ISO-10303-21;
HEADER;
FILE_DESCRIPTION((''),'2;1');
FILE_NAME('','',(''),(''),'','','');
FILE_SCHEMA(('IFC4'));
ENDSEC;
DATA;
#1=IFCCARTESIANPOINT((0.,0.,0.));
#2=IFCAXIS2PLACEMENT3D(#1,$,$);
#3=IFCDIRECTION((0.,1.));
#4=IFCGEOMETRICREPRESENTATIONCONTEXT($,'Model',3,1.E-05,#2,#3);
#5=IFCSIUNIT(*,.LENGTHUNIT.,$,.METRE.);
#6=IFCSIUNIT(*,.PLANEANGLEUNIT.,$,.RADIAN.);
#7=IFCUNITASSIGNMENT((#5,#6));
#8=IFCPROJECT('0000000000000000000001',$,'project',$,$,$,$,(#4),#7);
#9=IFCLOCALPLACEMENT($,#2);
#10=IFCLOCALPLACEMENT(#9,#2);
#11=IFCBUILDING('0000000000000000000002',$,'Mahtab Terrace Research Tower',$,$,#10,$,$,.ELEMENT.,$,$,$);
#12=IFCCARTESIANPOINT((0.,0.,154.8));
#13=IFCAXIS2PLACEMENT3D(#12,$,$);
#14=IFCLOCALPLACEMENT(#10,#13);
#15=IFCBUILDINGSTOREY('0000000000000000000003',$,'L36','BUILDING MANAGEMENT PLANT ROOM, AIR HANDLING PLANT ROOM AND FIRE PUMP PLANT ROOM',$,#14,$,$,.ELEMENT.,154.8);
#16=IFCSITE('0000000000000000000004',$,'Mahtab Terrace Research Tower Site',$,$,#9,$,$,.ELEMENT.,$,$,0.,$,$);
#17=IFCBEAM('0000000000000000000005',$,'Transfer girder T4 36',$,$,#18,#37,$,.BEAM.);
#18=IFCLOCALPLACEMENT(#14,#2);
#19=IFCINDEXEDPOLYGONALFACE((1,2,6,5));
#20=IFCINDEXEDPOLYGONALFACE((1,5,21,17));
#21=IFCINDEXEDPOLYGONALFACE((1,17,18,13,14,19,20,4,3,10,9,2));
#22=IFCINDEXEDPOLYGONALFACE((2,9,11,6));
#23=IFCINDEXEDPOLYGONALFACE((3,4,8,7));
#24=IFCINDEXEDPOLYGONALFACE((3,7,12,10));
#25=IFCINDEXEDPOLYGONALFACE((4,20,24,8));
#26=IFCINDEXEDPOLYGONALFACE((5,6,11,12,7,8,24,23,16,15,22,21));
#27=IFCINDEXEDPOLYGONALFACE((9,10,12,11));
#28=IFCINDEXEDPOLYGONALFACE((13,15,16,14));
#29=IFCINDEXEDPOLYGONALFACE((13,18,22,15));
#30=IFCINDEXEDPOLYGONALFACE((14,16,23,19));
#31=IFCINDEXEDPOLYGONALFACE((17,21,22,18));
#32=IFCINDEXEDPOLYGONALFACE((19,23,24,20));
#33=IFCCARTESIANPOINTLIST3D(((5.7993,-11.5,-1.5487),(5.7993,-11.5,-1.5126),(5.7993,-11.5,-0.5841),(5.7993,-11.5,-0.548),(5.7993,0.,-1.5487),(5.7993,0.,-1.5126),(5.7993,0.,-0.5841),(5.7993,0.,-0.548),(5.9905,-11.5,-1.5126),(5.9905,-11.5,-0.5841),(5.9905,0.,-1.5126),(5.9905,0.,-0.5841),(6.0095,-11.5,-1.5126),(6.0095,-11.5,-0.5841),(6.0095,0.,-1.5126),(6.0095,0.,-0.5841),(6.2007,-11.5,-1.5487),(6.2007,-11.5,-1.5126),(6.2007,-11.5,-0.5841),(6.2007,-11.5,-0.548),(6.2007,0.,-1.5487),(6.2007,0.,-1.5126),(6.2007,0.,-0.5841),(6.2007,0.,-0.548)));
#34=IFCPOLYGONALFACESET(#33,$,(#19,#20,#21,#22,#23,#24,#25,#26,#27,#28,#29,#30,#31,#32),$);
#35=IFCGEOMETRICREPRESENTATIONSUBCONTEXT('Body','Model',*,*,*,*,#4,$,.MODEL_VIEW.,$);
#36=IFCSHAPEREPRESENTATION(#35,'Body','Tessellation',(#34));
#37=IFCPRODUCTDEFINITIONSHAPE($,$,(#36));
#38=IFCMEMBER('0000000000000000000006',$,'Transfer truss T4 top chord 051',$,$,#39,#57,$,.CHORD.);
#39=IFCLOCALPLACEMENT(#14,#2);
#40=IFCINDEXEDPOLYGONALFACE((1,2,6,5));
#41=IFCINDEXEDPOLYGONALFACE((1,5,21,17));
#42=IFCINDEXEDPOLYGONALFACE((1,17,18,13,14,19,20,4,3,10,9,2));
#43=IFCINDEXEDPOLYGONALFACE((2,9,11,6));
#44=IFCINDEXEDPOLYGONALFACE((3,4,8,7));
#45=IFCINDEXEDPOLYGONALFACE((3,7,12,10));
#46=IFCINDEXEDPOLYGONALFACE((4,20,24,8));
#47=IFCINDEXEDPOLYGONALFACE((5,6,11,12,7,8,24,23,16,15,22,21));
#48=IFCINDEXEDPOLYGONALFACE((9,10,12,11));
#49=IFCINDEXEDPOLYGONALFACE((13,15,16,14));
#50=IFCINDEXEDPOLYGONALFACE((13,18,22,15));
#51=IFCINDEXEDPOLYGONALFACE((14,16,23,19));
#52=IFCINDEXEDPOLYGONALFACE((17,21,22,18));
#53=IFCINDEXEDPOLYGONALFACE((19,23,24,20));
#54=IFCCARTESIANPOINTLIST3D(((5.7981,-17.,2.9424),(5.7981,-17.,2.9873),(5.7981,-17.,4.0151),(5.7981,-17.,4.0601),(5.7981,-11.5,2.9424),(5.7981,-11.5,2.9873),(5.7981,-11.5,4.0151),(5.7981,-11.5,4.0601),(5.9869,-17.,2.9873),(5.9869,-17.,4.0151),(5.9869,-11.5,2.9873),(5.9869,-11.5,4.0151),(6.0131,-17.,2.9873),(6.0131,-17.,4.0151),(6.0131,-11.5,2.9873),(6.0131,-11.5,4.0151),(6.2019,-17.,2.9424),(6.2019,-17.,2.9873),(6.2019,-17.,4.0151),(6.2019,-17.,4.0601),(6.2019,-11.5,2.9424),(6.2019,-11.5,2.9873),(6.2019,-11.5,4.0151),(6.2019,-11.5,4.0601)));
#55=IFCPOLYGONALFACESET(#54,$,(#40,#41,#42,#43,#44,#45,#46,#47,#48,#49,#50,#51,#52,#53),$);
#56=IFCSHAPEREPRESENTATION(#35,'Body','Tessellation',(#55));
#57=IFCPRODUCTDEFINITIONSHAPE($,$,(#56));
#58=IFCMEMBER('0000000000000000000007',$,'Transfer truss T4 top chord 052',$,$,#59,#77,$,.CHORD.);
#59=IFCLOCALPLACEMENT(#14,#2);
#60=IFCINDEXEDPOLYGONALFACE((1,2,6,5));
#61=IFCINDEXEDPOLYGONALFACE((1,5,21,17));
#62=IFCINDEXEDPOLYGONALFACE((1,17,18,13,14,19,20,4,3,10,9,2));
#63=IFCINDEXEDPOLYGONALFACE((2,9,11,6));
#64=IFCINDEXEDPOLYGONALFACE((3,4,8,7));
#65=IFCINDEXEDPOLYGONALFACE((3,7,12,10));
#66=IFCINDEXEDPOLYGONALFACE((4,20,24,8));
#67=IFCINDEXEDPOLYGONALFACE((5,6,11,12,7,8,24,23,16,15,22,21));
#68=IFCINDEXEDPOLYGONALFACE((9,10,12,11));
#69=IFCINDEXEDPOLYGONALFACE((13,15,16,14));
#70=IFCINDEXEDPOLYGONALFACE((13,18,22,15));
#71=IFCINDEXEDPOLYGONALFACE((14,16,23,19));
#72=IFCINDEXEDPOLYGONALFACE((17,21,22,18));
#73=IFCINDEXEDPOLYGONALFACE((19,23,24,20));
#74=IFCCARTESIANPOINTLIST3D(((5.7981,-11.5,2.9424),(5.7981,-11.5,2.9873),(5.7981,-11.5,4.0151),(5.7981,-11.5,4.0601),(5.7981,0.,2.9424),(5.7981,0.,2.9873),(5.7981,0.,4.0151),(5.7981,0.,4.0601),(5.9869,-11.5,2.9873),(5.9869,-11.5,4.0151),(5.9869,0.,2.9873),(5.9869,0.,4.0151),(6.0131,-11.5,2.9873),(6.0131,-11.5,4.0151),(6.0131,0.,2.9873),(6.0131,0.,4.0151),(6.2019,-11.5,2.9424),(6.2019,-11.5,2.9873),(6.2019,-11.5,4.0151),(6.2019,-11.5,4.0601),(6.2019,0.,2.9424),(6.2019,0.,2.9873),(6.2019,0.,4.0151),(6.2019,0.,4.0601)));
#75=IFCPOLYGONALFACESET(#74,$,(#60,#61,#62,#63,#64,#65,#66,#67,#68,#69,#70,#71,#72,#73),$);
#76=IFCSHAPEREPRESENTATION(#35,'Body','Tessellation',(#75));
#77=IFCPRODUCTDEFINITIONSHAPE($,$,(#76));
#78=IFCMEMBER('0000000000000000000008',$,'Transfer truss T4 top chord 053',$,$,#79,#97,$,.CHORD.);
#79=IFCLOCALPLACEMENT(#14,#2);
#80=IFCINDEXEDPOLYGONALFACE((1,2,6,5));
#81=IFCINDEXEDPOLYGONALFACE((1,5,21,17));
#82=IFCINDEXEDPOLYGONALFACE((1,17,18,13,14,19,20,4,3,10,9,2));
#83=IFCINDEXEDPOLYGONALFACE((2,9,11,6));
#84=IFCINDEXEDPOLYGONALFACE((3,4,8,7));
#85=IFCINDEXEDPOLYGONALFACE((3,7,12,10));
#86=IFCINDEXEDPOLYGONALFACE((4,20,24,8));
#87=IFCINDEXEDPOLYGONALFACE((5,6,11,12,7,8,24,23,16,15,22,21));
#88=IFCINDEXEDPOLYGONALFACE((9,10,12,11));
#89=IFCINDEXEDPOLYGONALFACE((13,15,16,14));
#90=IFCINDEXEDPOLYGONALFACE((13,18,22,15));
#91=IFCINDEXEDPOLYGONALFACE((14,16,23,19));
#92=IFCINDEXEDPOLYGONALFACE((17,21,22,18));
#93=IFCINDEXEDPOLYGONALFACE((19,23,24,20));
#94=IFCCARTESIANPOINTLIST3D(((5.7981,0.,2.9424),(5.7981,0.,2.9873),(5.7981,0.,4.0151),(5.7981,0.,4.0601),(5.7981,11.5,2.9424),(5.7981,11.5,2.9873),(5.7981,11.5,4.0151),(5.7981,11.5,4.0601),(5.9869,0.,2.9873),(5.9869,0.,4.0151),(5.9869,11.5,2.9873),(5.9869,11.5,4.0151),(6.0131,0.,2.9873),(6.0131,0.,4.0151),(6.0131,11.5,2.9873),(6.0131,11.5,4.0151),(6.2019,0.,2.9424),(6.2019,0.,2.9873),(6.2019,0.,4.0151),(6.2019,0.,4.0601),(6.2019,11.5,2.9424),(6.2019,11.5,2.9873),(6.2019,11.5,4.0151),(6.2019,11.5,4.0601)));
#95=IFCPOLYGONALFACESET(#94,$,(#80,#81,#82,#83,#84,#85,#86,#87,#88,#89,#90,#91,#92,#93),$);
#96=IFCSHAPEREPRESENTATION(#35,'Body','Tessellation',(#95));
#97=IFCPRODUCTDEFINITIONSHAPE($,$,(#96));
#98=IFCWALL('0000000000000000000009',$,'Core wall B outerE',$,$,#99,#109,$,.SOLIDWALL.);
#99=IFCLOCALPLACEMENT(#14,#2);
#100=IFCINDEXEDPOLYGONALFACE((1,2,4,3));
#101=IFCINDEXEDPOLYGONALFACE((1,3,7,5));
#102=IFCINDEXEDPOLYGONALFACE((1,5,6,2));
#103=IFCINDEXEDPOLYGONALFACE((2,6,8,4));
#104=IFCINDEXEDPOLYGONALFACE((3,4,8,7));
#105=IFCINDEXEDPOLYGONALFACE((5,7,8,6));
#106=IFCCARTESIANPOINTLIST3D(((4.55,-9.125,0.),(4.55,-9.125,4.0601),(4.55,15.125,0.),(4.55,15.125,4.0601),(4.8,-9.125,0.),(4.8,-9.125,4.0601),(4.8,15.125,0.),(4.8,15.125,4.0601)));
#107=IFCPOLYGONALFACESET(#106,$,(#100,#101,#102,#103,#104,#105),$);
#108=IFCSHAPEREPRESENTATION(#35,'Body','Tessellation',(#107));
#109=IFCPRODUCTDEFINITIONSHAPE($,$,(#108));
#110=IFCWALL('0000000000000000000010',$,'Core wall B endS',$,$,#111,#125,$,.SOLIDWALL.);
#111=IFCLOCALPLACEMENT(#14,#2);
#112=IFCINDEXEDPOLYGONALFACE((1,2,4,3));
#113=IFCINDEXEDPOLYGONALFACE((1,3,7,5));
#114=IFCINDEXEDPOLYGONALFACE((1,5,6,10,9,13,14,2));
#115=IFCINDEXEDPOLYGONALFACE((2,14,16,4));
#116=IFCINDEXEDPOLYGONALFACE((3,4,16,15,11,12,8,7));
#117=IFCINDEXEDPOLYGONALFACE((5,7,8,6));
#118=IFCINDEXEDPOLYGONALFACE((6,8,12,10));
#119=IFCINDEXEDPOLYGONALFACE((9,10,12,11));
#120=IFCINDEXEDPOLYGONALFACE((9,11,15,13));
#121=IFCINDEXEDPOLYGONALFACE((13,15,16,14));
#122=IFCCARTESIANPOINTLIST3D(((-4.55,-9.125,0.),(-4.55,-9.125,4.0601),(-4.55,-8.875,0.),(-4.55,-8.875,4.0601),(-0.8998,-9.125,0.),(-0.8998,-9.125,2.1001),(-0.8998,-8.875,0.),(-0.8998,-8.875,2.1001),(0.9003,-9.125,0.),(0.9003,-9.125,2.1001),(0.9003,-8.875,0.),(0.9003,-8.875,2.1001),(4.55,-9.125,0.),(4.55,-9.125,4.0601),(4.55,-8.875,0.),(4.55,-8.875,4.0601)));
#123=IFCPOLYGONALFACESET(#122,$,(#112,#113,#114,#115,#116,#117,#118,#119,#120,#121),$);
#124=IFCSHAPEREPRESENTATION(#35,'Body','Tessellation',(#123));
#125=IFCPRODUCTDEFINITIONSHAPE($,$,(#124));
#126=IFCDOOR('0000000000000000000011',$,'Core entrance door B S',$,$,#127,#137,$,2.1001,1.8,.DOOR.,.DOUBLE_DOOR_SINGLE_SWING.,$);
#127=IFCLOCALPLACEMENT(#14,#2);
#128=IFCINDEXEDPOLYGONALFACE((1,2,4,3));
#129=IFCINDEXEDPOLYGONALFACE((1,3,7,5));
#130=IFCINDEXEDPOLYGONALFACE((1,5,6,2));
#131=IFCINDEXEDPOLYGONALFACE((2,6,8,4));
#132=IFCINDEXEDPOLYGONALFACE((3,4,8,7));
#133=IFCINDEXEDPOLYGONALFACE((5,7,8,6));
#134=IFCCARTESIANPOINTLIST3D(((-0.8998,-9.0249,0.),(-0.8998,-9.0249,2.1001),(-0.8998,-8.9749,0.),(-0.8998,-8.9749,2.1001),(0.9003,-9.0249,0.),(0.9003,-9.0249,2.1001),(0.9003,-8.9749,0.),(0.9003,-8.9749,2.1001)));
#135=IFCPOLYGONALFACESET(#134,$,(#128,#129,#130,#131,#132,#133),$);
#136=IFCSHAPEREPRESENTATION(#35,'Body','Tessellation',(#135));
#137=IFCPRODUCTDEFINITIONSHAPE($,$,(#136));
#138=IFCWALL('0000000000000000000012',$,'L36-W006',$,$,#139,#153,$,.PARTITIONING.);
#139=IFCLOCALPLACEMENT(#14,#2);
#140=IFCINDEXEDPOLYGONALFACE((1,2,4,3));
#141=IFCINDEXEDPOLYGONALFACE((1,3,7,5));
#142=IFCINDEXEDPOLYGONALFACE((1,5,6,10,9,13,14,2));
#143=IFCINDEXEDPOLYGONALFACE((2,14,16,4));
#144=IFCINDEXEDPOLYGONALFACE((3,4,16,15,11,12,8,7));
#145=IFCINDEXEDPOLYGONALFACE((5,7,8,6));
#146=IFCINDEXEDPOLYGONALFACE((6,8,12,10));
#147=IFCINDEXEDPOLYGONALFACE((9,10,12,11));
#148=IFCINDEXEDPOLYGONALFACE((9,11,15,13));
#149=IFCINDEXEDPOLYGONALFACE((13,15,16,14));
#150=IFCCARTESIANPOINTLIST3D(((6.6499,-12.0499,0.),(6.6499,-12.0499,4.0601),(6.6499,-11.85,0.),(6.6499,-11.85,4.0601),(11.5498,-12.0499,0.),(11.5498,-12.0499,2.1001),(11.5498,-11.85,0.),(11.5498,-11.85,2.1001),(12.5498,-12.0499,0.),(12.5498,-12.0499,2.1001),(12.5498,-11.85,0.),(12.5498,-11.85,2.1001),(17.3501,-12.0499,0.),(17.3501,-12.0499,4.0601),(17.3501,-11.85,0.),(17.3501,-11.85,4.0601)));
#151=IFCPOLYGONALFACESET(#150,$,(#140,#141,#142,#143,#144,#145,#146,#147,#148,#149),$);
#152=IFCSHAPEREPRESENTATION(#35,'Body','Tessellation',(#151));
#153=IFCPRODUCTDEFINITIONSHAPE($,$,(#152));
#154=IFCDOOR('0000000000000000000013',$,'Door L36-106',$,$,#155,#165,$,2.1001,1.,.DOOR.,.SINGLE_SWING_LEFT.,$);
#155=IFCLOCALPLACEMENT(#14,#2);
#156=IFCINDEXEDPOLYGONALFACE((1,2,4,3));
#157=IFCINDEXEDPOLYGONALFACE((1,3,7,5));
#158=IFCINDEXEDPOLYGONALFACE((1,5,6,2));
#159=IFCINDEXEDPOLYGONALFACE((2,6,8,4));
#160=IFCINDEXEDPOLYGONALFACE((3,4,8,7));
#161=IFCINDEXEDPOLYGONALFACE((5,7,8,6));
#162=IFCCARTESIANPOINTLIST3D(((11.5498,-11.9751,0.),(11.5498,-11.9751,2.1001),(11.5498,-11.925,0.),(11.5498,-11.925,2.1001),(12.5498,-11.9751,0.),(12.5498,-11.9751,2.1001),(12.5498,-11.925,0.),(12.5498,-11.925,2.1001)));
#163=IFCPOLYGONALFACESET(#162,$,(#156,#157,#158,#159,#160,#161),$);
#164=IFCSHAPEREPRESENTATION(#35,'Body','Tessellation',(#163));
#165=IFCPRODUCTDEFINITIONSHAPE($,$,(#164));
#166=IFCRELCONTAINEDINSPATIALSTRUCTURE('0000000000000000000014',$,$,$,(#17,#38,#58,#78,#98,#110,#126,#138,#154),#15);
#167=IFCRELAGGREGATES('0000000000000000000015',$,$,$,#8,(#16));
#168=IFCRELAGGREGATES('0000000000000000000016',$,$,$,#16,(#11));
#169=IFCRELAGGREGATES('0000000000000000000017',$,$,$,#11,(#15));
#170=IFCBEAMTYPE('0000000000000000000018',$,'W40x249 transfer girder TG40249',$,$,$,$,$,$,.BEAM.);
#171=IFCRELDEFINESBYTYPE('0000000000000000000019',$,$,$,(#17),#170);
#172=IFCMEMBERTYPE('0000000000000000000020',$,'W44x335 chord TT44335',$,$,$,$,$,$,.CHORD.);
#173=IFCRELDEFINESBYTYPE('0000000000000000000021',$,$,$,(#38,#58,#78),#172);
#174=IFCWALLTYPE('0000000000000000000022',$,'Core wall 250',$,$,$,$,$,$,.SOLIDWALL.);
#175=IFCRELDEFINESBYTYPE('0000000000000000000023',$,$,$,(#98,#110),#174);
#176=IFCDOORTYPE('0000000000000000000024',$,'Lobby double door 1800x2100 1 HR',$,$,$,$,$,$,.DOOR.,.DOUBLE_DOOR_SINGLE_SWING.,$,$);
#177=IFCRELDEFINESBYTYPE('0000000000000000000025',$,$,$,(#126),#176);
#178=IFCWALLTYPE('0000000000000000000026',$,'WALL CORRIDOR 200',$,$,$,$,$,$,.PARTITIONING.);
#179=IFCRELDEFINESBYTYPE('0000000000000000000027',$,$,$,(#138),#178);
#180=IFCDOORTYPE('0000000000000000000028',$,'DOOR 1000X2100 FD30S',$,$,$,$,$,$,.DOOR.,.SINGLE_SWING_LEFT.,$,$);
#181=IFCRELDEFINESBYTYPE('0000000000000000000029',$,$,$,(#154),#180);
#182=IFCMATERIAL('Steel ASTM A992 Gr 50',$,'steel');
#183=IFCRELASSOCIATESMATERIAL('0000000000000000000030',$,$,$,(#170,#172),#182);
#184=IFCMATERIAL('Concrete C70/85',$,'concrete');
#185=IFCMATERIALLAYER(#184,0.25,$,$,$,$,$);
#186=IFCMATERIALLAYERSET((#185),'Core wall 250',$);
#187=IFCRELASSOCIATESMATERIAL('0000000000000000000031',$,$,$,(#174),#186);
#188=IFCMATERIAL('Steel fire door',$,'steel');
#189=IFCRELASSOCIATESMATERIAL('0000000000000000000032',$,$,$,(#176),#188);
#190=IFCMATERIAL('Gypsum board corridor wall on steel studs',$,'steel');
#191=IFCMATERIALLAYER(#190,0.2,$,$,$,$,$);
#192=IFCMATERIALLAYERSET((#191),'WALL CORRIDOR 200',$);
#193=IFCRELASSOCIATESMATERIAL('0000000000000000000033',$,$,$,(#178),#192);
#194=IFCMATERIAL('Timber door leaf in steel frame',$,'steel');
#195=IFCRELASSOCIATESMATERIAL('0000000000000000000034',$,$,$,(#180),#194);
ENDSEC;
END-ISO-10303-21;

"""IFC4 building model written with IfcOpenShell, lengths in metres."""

from ifc_helpers import new_model, si_unit, direction, frame, frame_2d, origin, origin_2d, place, context, subcontext, project, spatial, rectangle, i_section, extrude, material, layer, layer_set, material_profile, profile_set, type_object, element, fill, save


model = new_model("IFC4")

# Units and contexts
model_context = context("Model", 3, precision=1e-05, world=origin(), true_north=direction((0.0, 1.0)))
body_context = subcontext(model_context, "Body", "Model", "MODEL_VIEW")
ifc_project = project(units=[si_unit("LENGTHUNIT", "METRE"), si_unit("PLANEANGLEUNIT", "RADIAN")], contexts=[model_context])

# Site, building, storey
site_placement = place(None, origin())
site = spatial("IfcSite", under=ifc_project, at=site_placement, Name="Mahtab Terrace Research Tower Site", CompositionType="ELEMENT", RefElevation=0.0)
building_placement = place(site_placement, origin())
building = spatial("IfcBuilding", under=site, at=building_placement, Name="Mahtab Terrace Research Tower", CompositionType="ELEMENT")
storey_placement = place(building_placement, frame((0.0, 0.0, 154.8)))
storey = spatial("IfcBuildingStorey", under=building, at=storey_placement, Name="L36", Description="BUILDING MANAGEMENT PLANT ROOM, AIR HANDLING PLANT ROOM AND FIRE PUMP PLANT ROOM", CompositionType="ELEMENT", Elevation=154.8)

# Shared definitions
ifc_material_1 = material(Name="Concrete C70/85", Category="concrete")

# Shared definitions
ifc_material_2 = material(Name="Steel ASTM A992 Gr 50", Category="steel")

# Beam
ifc_material_profile_1 = material_profile(ifc_material_2, i_section(OverallWidth=0.4014, OverallDepth=1.0007, WebThickness=0.019, FlangeThickness=0.0361, at=origin_2d()), Name="W40X249")
ifc_profile_set_1 = profile_set([ifc_material_profile_1], Name="Steel ASTM A992 Gr 50")
beam_type = type_object("IfcBeamType", Name="W40x249 transfer girder TG40249", PredefinedType="BEAM", material=ifc_profile_set_1)
beam_1_placement = place(storey_placement, frame((6.0, -11.5, -1.0483), z_axis=(0.0, 1.0, 0.0), x_axis=(-1.0, 0.0, 0.0)))
element("IfcBeam", 1, at=beam_1_placement, inside=storey, type_object=beam_type, Name="Transfer girder T4 36", PredefinedType="BEAM", context=body_context, shape_type="SweptSolid", body=[
    extrude(i_section(OverallWidth=0.4014, OverallDepth=1.0007, WebThickness=0.019, FlangeThickness=0.0361, at=origin_2d()), origin(), (0.0, 0.0, 1.0), 11.5),
])

# Members
ifc_material_profile_2 = material_profile(ifc_material_2, i_section(OverallWidth=0.4038, OverallDepth=1.1177, WebThickness=0.0261, FlangeThickness=0.0449, at=origin_2d()), Name="W44X335")
ifc_profile_set_2 = profile_set([ifc_material_profile_2], Name="Steel ASTM A992 Gr 50")
member_type_1 = type_object("IfcMemberType", Name="W44x335 chord TT44335", PredefinedType="CHORD", material=ifc_profile_set_2)
member_placement = place(storey_placement, frame((6.0, -17.0, 3.5012), z_axis=(0.0, 1.0, 0.0), x_axis=(-1.0, 0.0, 0.0)))
element("IfcMember", 2, at=member_placement, inside=storey, type_object=member_type_1, Name="Transfer truss T4 top chord 051", PredefinedType="CHORD", context=body_context, shape_type="SweptSolid", body=[
    extrude(i_section(OverallWidth=0.4038, OverallDepth=1.1177, WebThickness=0.0261, FlangeThickness=0.0449, at=origin_2d()), origin(), (0.0, 0.0, 1.0), 5.5),
])
for number, where, z_axis, x_axis, name in (
    (3, (6.0, -11.5, 3.5012), (0.0, 1.0, 0.0), (-1.0, 0.0, 0.0), "Transfer truss T4 top chord 052"),
    (4, (6.0, 0.0, 3.5012), (0.0, 1.0, 0.0), (-1.0, 0.0, 0.0), "Transfer truss T4 top chord 053"),
):
    element("IfcMember", number, at=place(storey_placement, frame(where, z_axis=z_axis, x_axis=x_axis)), inside=storey, type_object=member_type_1, Name=name, PredefinedType="CHORD", context=body_context, shape_type="SweptSolid", body=[
        extrude(i_section(OverallWidth=0.4038, OverallDepth=1.1177, WebThickness=0.0261, FlangeThickness=0.0449, at=origin_2d()), origin(), (0.0, 0.0, 1.0), 11.5),
    ])

# Wall
ifc_layer_1 = layer(ifc_material_1, 0.25)
ifc_layer_set_1 = layer_set([ifc_layer_1], Name="Core wall 250")
wall_type_1 = type_object("IfcWallType", Name="Core wall 250", PredefinedType="SOLIDWALL", material=ifc_layer_set_1)
wall_1_placement = place(storey_placement, frame((4.675, -9.125, 0.0), z_axis=(0.0, 0.0, 1.0), x_axis=(0.0, 1.0, 0.0)))
element("IfcWall", 5, at=wall_1_placement, inside=storey, type_object=wall_type_1, Name="Core wall B outerE", PredefinedType="SOLIDWALL", context=body_context, shape_type="SweptSolid", body=[
    extrude(rectangle(XDim=24.25, YDim=0.25, at=frame_2d((12.125, 0.0))), origin(), (0.0, 0.0, 1.0), 4.0601),
])

# Walls, openings, doors
wall_2_placement = place(storey_placement, frame((4.55, -9.0, 0.0), z_axis=(0.0, 0.0, 1.0), x_axis=(-1.0, 0.0, 0.0)))
wall_2 = element("IfcWall", 6, at=wall_2_placement, inside=storey, type_object=wall_type_1, Name="Core wall B endS", PredefinedType="SOLIDWALL", context=body_context, shape_type="SweptSolid", body=[
    extrude(rectangle(XDim=9.1001, YDim=0.25, at=frame_2d((4.55, 0.0))), origin(), (0.0, 0.0, 1.0), 4.0601),
])
opening_1_placement = place(wall_2_placement, frame((3.6499, 0.0, 0.0)))
opening_1 = element("IfcOpeningElement", 7, at=opening_1_placement, cuts=wall_2, PredefinedType="OPENING", context=body_context, shape_type="SweptSolid", body=[
    extrude(rectangle(XDim=1.8, YDim=2.1001, at=frame_2d((0.8999, 1.05))), frame((0.0, 0.135, 0.0), z_axis=(0.0, -1.0, 0.0), x_axis=(1.0, 0.0, 0.0)), (0.0, 0.0, 1.0), 0.27),
])
ifc_material_3 = material(Name="Steel fire door", Category="steel")
door_type_1 = type_object("IfcDoorType", Name="Lobby double door 1800x2100 1 HR", OperationType="DOUBLE_DOOR_SINGLE_SWING", PredefinedType="DOOR", material=ifc_material_3)
door_1_placement = place(opening_1_placement, origin())
door_1 = element("IfcDoor", 8, at=door_1_placement, inside=storey, type_object=door_type_1, Name="Core entrance door B S", OperationType="DOUBLE_DOOR_SINGLE_SWING", OverallHeight=2.1001, OverallWidth=1.8, PredefinedType="DOOR", context=body_context, shape_type="SweptSolid", body=[
    extrude(rectangle(XDim=1.8, YDim=2.1001, at=frame_2d((0.8999, 1.05))), frame((0.0, 0.0249, 0.0), z_axis=(0.0, -1.0, 0.0), x_axis=(1.0, 0.0, 0.0)), (0.0, 0.0, 1.0), 0.05),
])
fill(opening_1, door_1)
ifc_material_4 = material(Name="Gypsum board corridor wall on steel studs", Category="steel")
ifc_layer_2 = layer(ifc_material_4, 0.2)
ifc_layer_set_2 = layer_set([ifc_layer_2], Name="WALL CORRIDOR 200")
wall_type_2 = type_object("IfcWallType", Name="WALL CORRIDOR 200", PredefinedType="PARTITIONING", material=ifc_layer_set_2)
wall_3_placement = place(storey_placement, frame((6.6499, -11.95, 0.0), z_axis=(0.0, 0.0, 1.0), x_axis=(1.0, 0.0, 0.0)))
wall_3 = element("IfcWall", 9, at=wall_3_placement, inside=storey, type_object=wall_type_2, Name="L36-W006", PredefinedType="PARTITIONING", context=body_context, shape_type="SweptSolid", body=[
    extrude(rectangle(XDim=10.7002, YDim=0.2, at=frame_2d((5.3501, 0.0))), origin(), (0.0, 0.0, 1.0), 4.0601),
])
opening_2_placement = place(wall_3_placement, frame((4.8999, 0.0, 0.0)))
opening_2 = element("IfcOpeningElement", 10, at=opening_2_placement, cuts=wall_3, PredefinedType="OPENING", context=body_context, shape_type="SweptSolid", body=[
    extrude(rectangle(XDim=1.0, YDim=2.1001, at=frame_2d((0.5, 1.05))), frame((0.0, 0.1099, 0.0), z_axis=(0.0, -1.0, 0.0), x_axis=(1.0, 0.0, 0.0)), (0.0, 0.0, 1.0), 0.22),
])
ifc_material_5 = material(Name="Timber door leaf in steel frame", Category="steel")
door_type_2 = type_object("IfcDoorType", Name="DOOR 1000X2100 FD30S", OperationType="SINGLE_SWING_LEFT", PredefinedType="DOOR", material=ifc_material_5)
door_2_placement = place(opening_2_placement, origin())
door_2 = element("IfcDoor", 11, at=door_2_placement, inside=storey, type_object=door_type_2, Name="Door L36-106", OperationType="SINGLE_SWING_LEFT", OverallHeight=2.1001, OverallWidth=1.0, PredefinedType="DOOR", context=body_context, shape_type="SweptSolid", body=[
    extrude(rectangle(XDim=1.0, YDim=2.1001, at=frame_2d((0.5, 1.05))), frame((0.0, 0.0249, 0.0), z_axis=(0.0, -1.0, 0.0), x_axis=(1.0, 0.0, 0.0)), (0.0, 0.0, 1.0), 0.05),
])
fill(opening_2, door_2)

save(model, "model.ifc")
